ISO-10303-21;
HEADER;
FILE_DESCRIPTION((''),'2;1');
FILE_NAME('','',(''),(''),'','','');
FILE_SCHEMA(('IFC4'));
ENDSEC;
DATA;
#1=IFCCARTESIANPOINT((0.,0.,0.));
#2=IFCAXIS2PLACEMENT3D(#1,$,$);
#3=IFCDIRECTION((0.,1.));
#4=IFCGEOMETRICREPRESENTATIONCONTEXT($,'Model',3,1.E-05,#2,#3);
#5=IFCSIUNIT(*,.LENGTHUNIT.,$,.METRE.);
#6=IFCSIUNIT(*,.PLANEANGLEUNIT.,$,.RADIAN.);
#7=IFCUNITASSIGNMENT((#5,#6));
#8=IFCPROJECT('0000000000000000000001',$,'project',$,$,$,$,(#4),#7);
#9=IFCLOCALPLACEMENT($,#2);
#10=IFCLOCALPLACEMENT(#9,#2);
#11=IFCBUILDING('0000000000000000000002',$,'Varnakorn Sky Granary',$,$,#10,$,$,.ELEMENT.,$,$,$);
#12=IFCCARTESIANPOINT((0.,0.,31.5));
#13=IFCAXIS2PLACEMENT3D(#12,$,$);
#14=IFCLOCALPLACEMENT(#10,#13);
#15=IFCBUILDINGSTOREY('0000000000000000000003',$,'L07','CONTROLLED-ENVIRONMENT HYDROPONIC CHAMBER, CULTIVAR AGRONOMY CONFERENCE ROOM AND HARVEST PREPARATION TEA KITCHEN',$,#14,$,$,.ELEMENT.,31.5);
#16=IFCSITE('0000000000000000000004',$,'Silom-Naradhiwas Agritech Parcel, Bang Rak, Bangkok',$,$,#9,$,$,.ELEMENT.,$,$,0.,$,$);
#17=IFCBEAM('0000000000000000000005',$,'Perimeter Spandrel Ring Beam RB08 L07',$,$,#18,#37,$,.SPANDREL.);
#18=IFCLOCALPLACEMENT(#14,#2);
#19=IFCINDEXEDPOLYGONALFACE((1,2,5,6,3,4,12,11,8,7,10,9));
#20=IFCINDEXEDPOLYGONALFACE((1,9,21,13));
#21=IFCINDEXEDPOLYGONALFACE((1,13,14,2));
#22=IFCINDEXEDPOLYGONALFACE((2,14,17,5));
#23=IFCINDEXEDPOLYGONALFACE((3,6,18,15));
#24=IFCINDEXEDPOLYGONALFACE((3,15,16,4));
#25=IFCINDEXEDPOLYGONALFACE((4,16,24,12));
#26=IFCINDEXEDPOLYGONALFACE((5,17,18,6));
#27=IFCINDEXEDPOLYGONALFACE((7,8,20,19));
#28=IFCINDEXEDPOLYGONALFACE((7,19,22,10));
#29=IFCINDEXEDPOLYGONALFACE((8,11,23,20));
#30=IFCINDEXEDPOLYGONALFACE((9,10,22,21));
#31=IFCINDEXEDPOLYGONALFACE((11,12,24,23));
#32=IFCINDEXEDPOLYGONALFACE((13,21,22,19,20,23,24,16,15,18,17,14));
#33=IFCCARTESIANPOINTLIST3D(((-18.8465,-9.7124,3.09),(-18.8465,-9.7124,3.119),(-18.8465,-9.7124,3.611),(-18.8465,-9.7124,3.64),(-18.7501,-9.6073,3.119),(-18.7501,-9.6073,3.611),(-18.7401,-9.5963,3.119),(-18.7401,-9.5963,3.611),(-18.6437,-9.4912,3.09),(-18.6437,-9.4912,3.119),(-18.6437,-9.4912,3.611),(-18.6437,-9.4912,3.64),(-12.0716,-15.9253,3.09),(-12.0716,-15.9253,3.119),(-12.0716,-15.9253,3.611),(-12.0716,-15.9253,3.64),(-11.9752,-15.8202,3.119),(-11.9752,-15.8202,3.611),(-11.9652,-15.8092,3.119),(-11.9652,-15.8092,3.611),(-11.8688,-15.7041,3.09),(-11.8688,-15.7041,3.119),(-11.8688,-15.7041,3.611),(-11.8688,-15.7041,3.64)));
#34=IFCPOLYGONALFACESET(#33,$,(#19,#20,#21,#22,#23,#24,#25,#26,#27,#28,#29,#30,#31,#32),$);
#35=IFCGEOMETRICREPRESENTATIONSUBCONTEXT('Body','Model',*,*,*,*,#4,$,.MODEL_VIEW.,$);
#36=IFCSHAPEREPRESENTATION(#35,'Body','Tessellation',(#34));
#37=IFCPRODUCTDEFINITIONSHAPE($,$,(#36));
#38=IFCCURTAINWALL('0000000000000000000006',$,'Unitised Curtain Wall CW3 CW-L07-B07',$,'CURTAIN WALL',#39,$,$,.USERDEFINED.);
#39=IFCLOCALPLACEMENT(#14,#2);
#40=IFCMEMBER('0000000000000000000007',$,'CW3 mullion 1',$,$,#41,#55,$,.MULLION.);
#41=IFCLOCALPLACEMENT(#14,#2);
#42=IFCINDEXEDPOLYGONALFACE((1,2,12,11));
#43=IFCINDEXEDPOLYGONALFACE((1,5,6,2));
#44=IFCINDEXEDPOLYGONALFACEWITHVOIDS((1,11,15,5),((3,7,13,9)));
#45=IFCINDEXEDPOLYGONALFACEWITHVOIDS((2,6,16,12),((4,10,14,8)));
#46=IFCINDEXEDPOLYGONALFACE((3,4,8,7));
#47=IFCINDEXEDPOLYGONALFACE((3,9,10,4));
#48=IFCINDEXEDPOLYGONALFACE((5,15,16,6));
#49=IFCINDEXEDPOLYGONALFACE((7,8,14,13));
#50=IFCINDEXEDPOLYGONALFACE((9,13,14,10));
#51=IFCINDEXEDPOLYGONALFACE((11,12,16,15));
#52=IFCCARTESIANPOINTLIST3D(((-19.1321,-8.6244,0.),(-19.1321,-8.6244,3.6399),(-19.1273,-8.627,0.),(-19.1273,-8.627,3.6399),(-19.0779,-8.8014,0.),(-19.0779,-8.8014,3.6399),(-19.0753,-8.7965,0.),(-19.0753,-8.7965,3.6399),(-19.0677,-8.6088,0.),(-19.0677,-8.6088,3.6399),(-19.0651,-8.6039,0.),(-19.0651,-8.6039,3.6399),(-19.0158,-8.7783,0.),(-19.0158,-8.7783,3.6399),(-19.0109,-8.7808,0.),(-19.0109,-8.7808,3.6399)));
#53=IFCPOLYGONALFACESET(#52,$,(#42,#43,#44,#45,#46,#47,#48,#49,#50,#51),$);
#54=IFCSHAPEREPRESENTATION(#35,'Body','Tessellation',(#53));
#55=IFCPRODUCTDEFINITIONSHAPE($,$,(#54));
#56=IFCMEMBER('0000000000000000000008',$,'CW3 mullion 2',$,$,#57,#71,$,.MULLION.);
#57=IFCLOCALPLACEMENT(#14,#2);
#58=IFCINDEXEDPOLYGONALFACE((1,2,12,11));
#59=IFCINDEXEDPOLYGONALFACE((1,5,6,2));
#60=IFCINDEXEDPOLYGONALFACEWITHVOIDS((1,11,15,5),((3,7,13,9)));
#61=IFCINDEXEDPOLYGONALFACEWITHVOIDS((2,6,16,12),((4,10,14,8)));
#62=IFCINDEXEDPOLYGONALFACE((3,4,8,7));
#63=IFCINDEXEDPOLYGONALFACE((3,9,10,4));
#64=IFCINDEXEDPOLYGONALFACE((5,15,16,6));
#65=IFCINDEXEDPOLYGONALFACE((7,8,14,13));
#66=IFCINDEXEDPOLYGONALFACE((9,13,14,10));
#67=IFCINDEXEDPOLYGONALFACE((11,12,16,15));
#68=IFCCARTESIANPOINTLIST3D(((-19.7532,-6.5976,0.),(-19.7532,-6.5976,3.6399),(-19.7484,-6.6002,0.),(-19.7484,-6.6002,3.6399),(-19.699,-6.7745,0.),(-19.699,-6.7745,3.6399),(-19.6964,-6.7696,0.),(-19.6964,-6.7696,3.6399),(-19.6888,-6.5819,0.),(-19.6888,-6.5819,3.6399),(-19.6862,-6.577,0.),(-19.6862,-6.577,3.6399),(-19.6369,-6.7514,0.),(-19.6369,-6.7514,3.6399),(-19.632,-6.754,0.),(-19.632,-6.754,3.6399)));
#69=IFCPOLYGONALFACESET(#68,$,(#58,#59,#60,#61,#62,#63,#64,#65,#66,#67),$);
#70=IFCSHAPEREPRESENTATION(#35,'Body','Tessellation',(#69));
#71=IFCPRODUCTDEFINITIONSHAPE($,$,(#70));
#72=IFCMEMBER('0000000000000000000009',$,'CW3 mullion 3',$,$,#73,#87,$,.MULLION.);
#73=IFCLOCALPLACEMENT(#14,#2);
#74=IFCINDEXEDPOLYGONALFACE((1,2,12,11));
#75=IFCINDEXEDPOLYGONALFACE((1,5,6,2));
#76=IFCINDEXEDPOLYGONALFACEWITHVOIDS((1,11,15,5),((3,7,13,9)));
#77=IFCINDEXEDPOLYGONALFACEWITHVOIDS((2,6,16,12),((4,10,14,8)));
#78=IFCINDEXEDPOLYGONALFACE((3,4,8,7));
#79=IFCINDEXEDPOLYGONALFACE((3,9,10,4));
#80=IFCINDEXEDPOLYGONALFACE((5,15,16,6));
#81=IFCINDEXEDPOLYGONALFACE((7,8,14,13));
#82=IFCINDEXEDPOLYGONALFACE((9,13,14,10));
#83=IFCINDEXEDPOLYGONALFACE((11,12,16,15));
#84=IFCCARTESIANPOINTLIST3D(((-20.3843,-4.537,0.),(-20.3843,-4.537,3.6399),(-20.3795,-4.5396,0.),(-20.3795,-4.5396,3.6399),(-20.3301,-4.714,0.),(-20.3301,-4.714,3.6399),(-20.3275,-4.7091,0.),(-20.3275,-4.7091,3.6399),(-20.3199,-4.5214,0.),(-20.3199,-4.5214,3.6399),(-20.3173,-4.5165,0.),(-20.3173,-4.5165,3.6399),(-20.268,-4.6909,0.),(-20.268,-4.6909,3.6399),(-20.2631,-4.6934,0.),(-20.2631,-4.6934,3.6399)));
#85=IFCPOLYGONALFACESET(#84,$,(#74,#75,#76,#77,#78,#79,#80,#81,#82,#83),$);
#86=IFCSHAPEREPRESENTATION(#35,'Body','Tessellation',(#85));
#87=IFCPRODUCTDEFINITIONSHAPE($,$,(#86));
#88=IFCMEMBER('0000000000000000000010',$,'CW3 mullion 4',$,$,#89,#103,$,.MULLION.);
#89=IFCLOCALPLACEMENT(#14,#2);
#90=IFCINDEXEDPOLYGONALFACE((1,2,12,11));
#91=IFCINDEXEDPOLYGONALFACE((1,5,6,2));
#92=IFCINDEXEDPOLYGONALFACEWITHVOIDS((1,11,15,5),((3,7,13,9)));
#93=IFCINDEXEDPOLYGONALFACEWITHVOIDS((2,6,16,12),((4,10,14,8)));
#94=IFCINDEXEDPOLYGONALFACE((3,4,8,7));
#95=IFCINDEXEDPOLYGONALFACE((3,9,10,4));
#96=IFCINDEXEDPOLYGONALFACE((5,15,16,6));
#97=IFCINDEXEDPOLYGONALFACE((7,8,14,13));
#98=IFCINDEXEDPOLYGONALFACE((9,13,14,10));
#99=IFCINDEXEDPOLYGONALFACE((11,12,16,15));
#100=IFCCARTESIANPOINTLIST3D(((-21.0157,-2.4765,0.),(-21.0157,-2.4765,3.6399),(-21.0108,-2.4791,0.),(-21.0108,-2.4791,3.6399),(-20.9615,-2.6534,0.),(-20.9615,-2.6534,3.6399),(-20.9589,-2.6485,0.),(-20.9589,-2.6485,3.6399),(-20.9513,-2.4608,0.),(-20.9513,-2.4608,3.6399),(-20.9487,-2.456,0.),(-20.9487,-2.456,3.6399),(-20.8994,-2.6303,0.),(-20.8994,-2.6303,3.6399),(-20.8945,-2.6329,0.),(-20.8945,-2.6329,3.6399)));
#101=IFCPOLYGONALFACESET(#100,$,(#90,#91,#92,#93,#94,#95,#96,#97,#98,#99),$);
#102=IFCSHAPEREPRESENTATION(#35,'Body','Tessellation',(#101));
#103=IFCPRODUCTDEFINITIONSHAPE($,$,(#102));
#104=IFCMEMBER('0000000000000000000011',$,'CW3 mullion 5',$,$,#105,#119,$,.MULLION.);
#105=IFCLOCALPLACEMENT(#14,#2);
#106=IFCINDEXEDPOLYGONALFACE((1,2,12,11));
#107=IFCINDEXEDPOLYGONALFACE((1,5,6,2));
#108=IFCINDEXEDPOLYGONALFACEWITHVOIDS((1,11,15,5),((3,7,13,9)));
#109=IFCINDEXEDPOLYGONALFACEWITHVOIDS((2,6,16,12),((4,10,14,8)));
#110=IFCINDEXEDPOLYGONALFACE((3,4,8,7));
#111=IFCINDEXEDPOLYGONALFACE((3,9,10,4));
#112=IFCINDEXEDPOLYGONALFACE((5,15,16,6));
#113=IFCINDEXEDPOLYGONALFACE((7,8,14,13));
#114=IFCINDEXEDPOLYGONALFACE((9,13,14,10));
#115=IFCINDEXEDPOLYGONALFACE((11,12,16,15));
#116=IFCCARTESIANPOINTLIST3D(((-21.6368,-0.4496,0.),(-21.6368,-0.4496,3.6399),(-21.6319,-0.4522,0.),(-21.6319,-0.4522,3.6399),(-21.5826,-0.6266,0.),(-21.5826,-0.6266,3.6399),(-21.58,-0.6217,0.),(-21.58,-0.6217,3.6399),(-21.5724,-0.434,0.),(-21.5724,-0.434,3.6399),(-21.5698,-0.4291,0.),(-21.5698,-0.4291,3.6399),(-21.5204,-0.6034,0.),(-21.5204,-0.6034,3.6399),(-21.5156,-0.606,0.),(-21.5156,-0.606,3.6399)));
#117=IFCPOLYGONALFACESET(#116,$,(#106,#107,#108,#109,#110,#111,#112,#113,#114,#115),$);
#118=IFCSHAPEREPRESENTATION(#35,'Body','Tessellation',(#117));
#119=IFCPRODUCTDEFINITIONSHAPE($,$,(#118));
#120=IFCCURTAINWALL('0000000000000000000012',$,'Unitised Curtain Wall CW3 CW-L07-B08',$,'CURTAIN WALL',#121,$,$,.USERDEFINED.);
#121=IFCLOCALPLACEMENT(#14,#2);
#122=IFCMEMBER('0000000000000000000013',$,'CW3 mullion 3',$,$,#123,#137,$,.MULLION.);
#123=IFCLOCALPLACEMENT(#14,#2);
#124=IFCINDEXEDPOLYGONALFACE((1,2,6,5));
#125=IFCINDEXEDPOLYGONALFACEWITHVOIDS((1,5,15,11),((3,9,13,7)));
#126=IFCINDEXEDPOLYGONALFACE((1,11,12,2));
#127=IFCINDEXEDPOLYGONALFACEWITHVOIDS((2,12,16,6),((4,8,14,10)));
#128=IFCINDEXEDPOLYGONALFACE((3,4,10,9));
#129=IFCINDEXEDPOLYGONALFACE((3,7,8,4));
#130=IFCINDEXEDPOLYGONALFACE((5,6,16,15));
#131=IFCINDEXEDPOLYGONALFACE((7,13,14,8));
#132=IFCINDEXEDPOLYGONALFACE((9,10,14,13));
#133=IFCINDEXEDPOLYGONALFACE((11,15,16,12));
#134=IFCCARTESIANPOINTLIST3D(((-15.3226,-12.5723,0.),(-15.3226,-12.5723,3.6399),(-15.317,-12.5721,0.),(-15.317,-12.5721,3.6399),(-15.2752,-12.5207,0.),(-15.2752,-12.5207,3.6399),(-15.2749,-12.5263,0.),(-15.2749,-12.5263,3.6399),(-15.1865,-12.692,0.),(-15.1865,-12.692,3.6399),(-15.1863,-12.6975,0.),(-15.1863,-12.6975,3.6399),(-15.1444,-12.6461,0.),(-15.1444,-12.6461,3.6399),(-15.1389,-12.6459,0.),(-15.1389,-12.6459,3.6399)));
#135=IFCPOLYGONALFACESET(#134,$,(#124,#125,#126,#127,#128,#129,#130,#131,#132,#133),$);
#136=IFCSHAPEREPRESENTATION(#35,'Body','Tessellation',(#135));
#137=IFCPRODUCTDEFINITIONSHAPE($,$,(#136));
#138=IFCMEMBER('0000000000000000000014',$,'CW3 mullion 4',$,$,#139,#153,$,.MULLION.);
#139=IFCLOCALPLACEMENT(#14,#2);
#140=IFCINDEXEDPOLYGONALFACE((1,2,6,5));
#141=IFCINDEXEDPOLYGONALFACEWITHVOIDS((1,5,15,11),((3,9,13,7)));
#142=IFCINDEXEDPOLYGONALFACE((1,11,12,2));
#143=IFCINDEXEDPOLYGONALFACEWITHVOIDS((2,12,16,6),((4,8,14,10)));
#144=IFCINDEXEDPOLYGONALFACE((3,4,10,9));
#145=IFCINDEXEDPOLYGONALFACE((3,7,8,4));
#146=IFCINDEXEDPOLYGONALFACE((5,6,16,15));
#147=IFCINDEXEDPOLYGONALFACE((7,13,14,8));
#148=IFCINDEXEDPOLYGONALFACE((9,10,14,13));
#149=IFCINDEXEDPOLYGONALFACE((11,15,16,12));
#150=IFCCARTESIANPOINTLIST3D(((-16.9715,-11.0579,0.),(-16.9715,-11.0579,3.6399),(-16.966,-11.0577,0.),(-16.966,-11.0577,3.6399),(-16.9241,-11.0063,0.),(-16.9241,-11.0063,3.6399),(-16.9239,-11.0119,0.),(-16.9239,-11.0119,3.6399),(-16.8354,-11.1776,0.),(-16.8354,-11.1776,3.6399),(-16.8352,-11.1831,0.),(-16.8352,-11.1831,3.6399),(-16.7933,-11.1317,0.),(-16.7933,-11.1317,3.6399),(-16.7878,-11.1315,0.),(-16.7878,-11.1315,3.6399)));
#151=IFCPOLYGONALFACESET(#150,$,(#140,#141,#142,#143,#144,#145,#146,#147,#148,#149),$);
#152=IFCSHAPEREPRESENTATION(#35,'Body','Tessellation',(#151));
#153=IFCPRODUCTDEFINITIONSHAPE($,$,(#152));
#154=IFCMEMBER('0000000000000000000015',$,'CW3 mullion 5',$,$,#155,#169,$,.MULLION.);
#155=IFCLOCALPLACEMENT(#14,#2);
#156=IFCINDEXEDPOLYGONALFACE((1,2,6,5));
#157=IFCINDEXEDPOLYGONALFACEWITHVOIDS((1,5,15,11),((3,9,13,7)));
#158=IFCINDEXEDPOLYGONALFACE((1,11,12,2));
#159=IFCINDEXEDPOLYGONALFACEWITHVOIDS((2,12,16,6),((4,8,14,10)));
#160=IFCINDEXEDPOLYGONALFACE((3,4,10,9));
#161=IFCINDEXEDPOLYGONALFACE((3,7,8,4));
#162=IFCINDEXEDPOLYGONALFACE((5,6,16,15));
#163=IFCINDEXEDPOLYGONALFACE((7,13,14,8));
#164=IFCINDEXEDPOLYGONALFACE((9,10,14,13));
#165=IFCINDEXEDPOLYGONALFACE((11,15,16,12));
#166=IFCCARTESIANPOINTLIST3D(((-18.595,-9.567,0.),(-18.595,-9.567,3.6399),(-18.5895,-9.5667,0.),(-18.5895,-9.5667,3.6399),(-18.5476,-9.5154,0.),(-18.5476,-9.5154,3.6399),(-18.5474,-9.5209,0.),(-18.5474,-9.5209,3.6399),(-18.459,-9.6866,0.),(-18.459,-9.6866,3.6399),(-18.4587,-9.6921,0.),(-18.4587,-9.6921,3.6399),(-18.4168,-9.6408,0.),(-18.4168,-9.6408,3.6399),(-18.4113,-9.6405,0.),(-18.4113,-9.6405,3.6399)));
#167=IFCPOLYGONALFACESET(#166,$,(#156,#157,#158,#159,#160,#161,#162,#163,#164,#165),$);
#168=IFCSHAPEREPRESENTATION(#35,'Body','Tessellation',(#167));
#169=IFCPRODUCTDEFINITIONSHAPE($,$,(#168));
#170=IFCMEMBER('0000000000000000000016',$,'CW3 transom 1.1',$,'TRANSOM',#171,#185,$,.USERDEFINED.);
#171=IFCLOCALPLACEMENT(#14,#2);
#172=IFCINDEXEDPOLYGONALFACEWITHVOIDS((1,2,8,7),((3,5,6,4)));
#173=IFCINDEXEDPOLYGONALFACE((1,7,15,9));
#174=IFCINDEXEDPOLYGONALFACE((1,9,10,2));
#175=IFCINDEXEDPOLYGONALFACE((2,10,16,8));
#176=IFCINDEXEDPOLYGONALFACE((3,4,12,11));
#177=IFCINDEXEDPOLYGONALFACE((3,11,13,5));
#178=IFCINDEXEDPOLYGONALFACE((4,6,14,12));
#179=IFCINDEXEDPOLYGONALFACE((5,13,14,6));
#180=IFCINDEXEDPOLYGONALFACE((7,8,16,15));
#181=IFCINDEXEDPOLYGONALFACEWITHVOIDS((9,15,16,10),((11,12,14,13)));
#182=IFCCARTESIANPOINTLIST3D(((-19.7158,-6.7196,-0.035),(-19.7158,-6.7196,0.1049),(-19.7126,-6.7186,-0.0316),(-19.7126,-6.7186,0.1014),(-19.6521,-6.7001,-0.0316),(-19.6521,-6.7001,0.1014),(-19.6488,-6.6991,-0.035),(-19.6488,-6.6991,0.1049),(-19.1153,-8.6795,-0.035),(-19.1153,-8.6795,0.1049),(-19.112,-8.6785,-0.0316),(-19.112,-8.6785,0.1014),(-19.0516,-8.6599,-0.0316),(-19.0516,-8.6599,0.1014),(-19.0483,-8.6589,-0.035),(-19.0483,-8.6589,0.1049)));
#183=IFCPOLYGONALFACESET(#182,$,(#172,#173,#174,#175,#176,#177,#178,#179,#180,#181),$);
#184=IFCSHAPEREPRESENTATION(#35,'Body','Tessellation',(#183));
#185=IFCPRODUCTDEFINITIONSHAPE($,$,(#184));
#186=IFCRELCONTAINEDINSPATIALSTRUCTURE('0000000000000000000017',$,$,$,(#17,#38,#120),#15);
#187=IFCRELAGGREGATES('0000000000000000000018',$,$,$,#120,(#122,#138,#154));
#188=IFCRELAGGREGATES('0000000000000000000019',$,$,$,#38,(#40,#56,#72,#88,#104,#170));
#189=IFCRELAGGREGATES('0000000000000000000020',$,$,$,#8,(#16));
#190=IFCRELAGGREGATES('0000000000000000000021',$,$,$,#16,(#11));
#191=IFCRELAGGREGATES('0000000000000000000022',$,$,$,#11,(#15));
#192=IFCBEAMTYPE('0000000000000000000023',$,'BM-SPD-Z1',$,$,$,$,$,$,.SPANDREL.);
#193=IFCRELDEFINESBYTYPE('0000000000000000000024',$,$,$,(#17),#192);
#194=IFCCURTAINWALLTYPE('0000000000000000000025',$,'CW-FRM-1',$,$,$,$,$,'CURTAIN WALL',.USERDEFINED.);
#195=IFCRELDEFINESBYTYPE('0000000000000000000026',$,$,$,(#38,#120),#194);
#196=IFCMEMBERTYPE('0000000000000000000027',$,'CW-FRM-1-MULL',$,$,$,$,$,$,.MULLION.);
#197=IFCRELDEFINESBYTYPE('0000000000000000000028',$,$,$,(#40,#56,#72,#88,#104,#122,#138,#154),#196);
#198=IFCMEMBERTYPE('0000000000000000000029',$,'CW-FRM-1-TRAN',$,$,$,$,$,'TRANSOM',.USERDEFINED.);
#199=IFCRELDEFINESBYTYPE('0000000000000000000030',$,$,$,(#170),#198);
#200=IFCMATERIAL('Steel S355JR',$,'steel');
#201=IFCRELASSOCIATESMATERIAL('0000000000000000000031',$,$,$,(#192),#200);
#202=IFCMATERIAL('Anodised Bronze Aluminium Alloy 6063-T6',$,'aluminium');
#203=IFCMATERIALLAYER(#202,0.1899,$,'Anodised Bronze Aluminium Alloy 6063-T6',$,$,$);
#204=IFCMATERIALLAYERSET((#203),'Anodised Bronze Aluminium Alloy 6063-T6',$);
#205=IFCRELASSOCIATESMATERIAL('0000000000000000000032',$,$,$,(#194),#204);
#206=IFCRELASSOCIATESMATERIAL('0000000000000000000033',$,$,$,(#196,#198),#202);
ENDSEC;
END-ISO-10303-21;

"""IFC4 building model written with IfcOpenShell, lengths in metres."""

from ifc_helpers import new_model, si_unit, direction, frame, origin, origin_2d, place, context, subcontext, project, spatial, hollow_rectangle, i_section, extrude, material, layer, layer_set, material_profile, profile_set, type_object, element, aggregate, save


model = new_model("IFC4")

# Units and contexts
model_context = context("Model", 3, precision=1e-05, world=origin(), true_north=direction((0.0, 1.0)))
body_context = subcontext(model_context, "Body", "Model", "MODEL_VIEW")
ifc_project = project(units=[si_unit("LENGTHUNIT", "METRE"), si_unit("PLANEANGLEUNIT", "RADIAN")], contexts=[model_context])

# Site, building, storey
site_placement = place(None, origin())
site = spatial("IfcSite", under=ifc_project, at=site_placement, Name="Silom-Naradhiwas Agritech Parcel, Bang Rak, Bangkok", CompositionType="ELEMENT", RefElevation=0.0)
building_placement = place(site_placement, origin())
building = spatial("IfcBuilding", under=site, at=building_placement, Name="Varnakorn Sky Granary", CompositionType="ELEMENT")
storey_placement = place(building_placement, frame((0.0, 0.0, 31.5)))
storey = spatial("IfcBuildingStorey", under=building, at=storey_placement, Name="L07", Description="CONTROLLED-ENVIRONMENT HYDROPONIC CHAMBER, CULTIVAR AGRONOMY CONFERENCE ROOM AND HARVEST PREPARATION TEA KITCHEN", CompositionType="ELEMENT", Elevation=31.5)

# Beam
ifc_material_1 = material(Name="Steel S355JR", Category="steel")
ifc_material_profile_1 = material_profile(ifc_material_1, i_section(OverallWidth=0.3, OverallDepth=0.55, WebThickness=0.0149, FlangeThickness=0.0291, at=origin_2d()), Name="HE 550 B")
ifc_profile_set_1 = profile_set([ifc_material_profile_1], Name="Steel S355JR")
beam_type = type_object("IfcBeamType", Name="BM-SPD-Z1", PredefinedType="SPANDREL", material=ifc_profile_set_1)
beam_1_placement = place(storey_placement, frame((-18.7451, -9.6018, 3.365), z_axis=(0.737015, -0.675876, 0.0), x_axis=(0.675876, 0.737015, 0.0)))
element("IfcBeam", 1, at=beam_1_placement, inside=storey, type_object=beam_type, Name="Perimeter Spandrel Ring Beam RB08 L07", PredefinedType="SPANDREL", context=body_context, shape_type="SweptSolid", body=[
    extrude(i_section(OverallWidth=0.3, OverallDepth=0.55, WebThickness=0.0149, FlangeThickness=0.0291, at=origin_2d()), origin(), (0.0, 0.0, 1.0), 9.1924),
])

# Curtain walls, members
ifc_material_2 = material(Name="Anodised Bronze Aluminium Alloy 6063-T6", Category="aluminium")
ifc_layer_1 = layer(ifc_material_2, 0.1899, Name="Anodised Bronze Aluminium Alloy 6063-T6")
ifc_layer_set_1 = layer_set([ifc_layer_1], Name="Anodised Bronze Aluminium Alloy 6063-T6")
curtain_wall_type = type_object("IfcCurtainWallType", Name="CW-FRM-1", ElementType="CURTAIN WALL", PredefinedType="USERDEFINED", material=ifc_layer_set_1)
curtain_wall_1_placement = place(storey_placement, origin())
curtain_wall_1 = element("IfcCurtainWall", 2, at=curtain_wall_1_placement, inside=storey, type_object=curtain_wall_type, Name="Unitised Curtain Wall CW3 CW-L07-B07", ObjectType="CURTAIN WALL", PredefinedType="USERDEFINED")
ifc_material_profile_2 = material_profile(ifc_material_2, hollow_rectangle(XDim=0.0701, YDim=0.1851, WallThickness=0.0039, at=origin_2d()), Name="ALU MULL 70x185")
ifc_profile_set_2 = profile_set([ifc_material_profile_2], Name="Anodised Bronze Aluminium Alloy 6063-T6")
member_type_1 = type_object("IfcMemberType", Name="CW-FRM-1-MULL", PredefinedType="MULLION", material=ifc_profile_set_2)
member_1_placement = place(storey_placement, frame((-19.0715, -8.7026, 0.0), z_axis=(0.0, 0.0, 1.0), x_axis=(-0.956126, -0.292955, 0.0)))
member_1 = element("IfcMember", 3, at=member_1_placement, type_object=member_type_1, Name="CW3 mullion 1", PredefinedType="MULLION", context=body_context, shape_type="SweptSolid", body=[
    extrude(hollow_rectangle(XDim=0.0701, YDim=0.1851, WallThickness=0.0039, at=origin_2d()), origin(), (0.0, 0.0, 1.0), 3.6399),
])
member_2_placement = place(storey_placement, frame((-19.6926, -6.6758, 0.0), z_axis=(0.0, 0.0, 1.0), x_axis=(-0.956126, -0.292955, 0.0)))
member_2 = element("IfcMember", 4, at=member_2_placement, type_object=member_type_1, Name="CW3 mullion 2", PredefinedType="MULLION", context=body_context, shape_type="SweptSolid", body=[
    extrude(hollow_rectangle(XDim=0.0701, YDim=0.1851, WallThickness=0.0039, at=origin_2d()), origin(), (0.0, 0.0, 1.0), 3.6399),
])
member_3_placement = place(storey_placement, frame((-20.3237, -4.6152, 0.0), z_axis=(0.0, 0.0, 1.0), x_axis=(-0.956126, -0.292955, 0.0)))
member_3 = element("IfcMember", 5, at=member_3_placement, type_object=member_type_1, Name="CW3 mullion 3", PredefinedType="MULLION", context=body_context, shape_type="SweptSolid", body=[
    extrude(hollow_rectangle(XDim=0.0701, YDim=0.1851, WallThickness=0.0039, at=origin_2d()), origin(), (0.0, 0.0, 1.0), 3.6399),
])
member_4_placement = place(storey_placement, frame((-20.9551, -2.5547, 0.0), z_axis=(0.0, 0.0, 1.0), x_axis=(-0.956126, -0.292955, 0.0)))
member_4 = element("IfcMember", 6, at=member_4_placement, type_object=member_type_1, Name="CW3 mullion 4", PredefinedType="MULLION", context=body_context, shape_type="SweptSolid", body=[
    extrude(hollow_rectangle(XDim=0.0701, YDim=0.1851, WallThickness=0.0039, at=origin_2d()), origin(), (0.0, 0.0, 1.0), 3.6399),
])
member_5_placement = place(storey_placement, frame((-21.5762, -0.5278, 0.0), z_axis=(0.0, 0.0, 1.0), x_axis=(-0.956126, -0.292955, 0.0)))
member_5 = element("IfcMember", 7, at=member_5_placement, type_object=member_type_1, Name="CW3 mullion 5", PredefinedType="MULLION", context=body_context, shape_type="SweptSolid", body=[
    extrude(hollow_rectangle(XDim=0.0701, YDim=0.1851, WallThickness=0.0039, at=origin_2d()), origin(), (0.0, 0.0, 1.0), 3.6399),
])
curtain_wall_2_placement = place(storey_placement, origin())
curtain_wall_2 = element("IfcCurtainWall", 8, at=curtain_wall_2_placement, inside=storey, type_object=curtain_wall_type, Name="Unitised Curtain Wall CW3 CW-L07-B08", ObjectType="CURTAIN WALL", PredefinedType="USERDEFINED")
member_6_placement = place(storey_placement, frame((-15.2307, -12.6091, 0.0), z_axis=(0.0, 0.0, 1.0), x_axis=(-0.676387, -0.736547, 0.0)))
member_6 = element("IfcMember", 9, at=member_6_placement, type_object=member_type_1, Name="CW3 mullion 3", PredefinedType="MULLION", context=body_context, shape_type="SweptSolid", body=[
    extrude(hollow_rectangle(XDim=0.0701, YDim=0.1851, WallThickness=0.0039, at=origin_2d()), origin(), (0.0, 0.0, 1.0), 3.6399),
])
member_7_placement = place(storey_placement, frame((-16.8796, -11.0947, 0.0), z_axis=(0.0, 0.0, 1.0), x_axis=(-0.676387, -0.736547, 0.0)))
member_7 = element("IfcMember", 10, at=member_7_placement, type_object=member_type_1, Name="CW3 mullion 4", PredefinedType="MULLION", context=body_context, shape_type="SweptSolid", body=[
    extrude(hollow_rectangle(XDim=0.0701, YDim=0.1851, WallThickness=0.0039, at=origin_2d()), origin(), (0.0, 0.0, 1.0), 3.6399),
])
member_8_placement = place(storey_placement, frame((-18.5032, -9.6038, 0.0), z_axis=(0.0, 0.0, 1.0), x_axis=(-0.676387, -0.736547, 0.0)))
member_8 = element("IfcMember", 11, at=member_8_placement, type_object=member_type_1, Name="CW3 mullion 5", PredefinedType="MULLION", context=body_context, shape_type="SweptSolid", body=[
    extrude(hollow_rectangle(XDim=0.0701, YDim=0.1851, WallThickness=0.0039, at=origin_2d()), origin(), (0.0, 0.0, 1.0), 3.6399),
])

# Member
ifc_material_profile_3 = material_profile(ifc_material_2, hollow_rectangle(XDim=0.0701, YDim=0.1399, WallThickness=0.0034, at=origin_2d()), Name="ALU TRAN 70x140")
ifc_profile_set_3 = profile_set([ifc_material_profile_3], Name="Anodised Bronze Aluminium Alloy 6063-T6")
member_type_2 = type_object("IfcMemberType", Name="CW-FRM-1-TRAN", ElementType="TRANSOM", PredefinedType="USERDEFINED", material=ifc_profile_set_3)
member_9_placement = place(storey_placement, frame((-19.0818, -8.6692, 0.0349), z_axis=(-0.292981, 0.956118, 0.0), x_axis=(-0.956118, -0.292981, 0.0)))
member_9 = element("IfcMember", 12, at=member_9_placement, type_object=member_type_2, Name="CW3 transom 1.1", ObjectType="TRANSOM", PredefinedType="USERDEFINED", context=body_context, shape_type="SweptSolid", body=[
    extrude(hollow_rectangle(XDim=0.0701, YDim=0.1399, WallThickness=0.0034, at=origin_2d()), origin(), (0.0, 0.0, 1.0), 2.0498),
])

aggregate(curtain_wall_2, [member_6, member_7, member_8])
aggregate(curtain_wall_1, [member_1, member_2, member_3, member_4, member_5, member_9])

save(model, "model.ifc")
